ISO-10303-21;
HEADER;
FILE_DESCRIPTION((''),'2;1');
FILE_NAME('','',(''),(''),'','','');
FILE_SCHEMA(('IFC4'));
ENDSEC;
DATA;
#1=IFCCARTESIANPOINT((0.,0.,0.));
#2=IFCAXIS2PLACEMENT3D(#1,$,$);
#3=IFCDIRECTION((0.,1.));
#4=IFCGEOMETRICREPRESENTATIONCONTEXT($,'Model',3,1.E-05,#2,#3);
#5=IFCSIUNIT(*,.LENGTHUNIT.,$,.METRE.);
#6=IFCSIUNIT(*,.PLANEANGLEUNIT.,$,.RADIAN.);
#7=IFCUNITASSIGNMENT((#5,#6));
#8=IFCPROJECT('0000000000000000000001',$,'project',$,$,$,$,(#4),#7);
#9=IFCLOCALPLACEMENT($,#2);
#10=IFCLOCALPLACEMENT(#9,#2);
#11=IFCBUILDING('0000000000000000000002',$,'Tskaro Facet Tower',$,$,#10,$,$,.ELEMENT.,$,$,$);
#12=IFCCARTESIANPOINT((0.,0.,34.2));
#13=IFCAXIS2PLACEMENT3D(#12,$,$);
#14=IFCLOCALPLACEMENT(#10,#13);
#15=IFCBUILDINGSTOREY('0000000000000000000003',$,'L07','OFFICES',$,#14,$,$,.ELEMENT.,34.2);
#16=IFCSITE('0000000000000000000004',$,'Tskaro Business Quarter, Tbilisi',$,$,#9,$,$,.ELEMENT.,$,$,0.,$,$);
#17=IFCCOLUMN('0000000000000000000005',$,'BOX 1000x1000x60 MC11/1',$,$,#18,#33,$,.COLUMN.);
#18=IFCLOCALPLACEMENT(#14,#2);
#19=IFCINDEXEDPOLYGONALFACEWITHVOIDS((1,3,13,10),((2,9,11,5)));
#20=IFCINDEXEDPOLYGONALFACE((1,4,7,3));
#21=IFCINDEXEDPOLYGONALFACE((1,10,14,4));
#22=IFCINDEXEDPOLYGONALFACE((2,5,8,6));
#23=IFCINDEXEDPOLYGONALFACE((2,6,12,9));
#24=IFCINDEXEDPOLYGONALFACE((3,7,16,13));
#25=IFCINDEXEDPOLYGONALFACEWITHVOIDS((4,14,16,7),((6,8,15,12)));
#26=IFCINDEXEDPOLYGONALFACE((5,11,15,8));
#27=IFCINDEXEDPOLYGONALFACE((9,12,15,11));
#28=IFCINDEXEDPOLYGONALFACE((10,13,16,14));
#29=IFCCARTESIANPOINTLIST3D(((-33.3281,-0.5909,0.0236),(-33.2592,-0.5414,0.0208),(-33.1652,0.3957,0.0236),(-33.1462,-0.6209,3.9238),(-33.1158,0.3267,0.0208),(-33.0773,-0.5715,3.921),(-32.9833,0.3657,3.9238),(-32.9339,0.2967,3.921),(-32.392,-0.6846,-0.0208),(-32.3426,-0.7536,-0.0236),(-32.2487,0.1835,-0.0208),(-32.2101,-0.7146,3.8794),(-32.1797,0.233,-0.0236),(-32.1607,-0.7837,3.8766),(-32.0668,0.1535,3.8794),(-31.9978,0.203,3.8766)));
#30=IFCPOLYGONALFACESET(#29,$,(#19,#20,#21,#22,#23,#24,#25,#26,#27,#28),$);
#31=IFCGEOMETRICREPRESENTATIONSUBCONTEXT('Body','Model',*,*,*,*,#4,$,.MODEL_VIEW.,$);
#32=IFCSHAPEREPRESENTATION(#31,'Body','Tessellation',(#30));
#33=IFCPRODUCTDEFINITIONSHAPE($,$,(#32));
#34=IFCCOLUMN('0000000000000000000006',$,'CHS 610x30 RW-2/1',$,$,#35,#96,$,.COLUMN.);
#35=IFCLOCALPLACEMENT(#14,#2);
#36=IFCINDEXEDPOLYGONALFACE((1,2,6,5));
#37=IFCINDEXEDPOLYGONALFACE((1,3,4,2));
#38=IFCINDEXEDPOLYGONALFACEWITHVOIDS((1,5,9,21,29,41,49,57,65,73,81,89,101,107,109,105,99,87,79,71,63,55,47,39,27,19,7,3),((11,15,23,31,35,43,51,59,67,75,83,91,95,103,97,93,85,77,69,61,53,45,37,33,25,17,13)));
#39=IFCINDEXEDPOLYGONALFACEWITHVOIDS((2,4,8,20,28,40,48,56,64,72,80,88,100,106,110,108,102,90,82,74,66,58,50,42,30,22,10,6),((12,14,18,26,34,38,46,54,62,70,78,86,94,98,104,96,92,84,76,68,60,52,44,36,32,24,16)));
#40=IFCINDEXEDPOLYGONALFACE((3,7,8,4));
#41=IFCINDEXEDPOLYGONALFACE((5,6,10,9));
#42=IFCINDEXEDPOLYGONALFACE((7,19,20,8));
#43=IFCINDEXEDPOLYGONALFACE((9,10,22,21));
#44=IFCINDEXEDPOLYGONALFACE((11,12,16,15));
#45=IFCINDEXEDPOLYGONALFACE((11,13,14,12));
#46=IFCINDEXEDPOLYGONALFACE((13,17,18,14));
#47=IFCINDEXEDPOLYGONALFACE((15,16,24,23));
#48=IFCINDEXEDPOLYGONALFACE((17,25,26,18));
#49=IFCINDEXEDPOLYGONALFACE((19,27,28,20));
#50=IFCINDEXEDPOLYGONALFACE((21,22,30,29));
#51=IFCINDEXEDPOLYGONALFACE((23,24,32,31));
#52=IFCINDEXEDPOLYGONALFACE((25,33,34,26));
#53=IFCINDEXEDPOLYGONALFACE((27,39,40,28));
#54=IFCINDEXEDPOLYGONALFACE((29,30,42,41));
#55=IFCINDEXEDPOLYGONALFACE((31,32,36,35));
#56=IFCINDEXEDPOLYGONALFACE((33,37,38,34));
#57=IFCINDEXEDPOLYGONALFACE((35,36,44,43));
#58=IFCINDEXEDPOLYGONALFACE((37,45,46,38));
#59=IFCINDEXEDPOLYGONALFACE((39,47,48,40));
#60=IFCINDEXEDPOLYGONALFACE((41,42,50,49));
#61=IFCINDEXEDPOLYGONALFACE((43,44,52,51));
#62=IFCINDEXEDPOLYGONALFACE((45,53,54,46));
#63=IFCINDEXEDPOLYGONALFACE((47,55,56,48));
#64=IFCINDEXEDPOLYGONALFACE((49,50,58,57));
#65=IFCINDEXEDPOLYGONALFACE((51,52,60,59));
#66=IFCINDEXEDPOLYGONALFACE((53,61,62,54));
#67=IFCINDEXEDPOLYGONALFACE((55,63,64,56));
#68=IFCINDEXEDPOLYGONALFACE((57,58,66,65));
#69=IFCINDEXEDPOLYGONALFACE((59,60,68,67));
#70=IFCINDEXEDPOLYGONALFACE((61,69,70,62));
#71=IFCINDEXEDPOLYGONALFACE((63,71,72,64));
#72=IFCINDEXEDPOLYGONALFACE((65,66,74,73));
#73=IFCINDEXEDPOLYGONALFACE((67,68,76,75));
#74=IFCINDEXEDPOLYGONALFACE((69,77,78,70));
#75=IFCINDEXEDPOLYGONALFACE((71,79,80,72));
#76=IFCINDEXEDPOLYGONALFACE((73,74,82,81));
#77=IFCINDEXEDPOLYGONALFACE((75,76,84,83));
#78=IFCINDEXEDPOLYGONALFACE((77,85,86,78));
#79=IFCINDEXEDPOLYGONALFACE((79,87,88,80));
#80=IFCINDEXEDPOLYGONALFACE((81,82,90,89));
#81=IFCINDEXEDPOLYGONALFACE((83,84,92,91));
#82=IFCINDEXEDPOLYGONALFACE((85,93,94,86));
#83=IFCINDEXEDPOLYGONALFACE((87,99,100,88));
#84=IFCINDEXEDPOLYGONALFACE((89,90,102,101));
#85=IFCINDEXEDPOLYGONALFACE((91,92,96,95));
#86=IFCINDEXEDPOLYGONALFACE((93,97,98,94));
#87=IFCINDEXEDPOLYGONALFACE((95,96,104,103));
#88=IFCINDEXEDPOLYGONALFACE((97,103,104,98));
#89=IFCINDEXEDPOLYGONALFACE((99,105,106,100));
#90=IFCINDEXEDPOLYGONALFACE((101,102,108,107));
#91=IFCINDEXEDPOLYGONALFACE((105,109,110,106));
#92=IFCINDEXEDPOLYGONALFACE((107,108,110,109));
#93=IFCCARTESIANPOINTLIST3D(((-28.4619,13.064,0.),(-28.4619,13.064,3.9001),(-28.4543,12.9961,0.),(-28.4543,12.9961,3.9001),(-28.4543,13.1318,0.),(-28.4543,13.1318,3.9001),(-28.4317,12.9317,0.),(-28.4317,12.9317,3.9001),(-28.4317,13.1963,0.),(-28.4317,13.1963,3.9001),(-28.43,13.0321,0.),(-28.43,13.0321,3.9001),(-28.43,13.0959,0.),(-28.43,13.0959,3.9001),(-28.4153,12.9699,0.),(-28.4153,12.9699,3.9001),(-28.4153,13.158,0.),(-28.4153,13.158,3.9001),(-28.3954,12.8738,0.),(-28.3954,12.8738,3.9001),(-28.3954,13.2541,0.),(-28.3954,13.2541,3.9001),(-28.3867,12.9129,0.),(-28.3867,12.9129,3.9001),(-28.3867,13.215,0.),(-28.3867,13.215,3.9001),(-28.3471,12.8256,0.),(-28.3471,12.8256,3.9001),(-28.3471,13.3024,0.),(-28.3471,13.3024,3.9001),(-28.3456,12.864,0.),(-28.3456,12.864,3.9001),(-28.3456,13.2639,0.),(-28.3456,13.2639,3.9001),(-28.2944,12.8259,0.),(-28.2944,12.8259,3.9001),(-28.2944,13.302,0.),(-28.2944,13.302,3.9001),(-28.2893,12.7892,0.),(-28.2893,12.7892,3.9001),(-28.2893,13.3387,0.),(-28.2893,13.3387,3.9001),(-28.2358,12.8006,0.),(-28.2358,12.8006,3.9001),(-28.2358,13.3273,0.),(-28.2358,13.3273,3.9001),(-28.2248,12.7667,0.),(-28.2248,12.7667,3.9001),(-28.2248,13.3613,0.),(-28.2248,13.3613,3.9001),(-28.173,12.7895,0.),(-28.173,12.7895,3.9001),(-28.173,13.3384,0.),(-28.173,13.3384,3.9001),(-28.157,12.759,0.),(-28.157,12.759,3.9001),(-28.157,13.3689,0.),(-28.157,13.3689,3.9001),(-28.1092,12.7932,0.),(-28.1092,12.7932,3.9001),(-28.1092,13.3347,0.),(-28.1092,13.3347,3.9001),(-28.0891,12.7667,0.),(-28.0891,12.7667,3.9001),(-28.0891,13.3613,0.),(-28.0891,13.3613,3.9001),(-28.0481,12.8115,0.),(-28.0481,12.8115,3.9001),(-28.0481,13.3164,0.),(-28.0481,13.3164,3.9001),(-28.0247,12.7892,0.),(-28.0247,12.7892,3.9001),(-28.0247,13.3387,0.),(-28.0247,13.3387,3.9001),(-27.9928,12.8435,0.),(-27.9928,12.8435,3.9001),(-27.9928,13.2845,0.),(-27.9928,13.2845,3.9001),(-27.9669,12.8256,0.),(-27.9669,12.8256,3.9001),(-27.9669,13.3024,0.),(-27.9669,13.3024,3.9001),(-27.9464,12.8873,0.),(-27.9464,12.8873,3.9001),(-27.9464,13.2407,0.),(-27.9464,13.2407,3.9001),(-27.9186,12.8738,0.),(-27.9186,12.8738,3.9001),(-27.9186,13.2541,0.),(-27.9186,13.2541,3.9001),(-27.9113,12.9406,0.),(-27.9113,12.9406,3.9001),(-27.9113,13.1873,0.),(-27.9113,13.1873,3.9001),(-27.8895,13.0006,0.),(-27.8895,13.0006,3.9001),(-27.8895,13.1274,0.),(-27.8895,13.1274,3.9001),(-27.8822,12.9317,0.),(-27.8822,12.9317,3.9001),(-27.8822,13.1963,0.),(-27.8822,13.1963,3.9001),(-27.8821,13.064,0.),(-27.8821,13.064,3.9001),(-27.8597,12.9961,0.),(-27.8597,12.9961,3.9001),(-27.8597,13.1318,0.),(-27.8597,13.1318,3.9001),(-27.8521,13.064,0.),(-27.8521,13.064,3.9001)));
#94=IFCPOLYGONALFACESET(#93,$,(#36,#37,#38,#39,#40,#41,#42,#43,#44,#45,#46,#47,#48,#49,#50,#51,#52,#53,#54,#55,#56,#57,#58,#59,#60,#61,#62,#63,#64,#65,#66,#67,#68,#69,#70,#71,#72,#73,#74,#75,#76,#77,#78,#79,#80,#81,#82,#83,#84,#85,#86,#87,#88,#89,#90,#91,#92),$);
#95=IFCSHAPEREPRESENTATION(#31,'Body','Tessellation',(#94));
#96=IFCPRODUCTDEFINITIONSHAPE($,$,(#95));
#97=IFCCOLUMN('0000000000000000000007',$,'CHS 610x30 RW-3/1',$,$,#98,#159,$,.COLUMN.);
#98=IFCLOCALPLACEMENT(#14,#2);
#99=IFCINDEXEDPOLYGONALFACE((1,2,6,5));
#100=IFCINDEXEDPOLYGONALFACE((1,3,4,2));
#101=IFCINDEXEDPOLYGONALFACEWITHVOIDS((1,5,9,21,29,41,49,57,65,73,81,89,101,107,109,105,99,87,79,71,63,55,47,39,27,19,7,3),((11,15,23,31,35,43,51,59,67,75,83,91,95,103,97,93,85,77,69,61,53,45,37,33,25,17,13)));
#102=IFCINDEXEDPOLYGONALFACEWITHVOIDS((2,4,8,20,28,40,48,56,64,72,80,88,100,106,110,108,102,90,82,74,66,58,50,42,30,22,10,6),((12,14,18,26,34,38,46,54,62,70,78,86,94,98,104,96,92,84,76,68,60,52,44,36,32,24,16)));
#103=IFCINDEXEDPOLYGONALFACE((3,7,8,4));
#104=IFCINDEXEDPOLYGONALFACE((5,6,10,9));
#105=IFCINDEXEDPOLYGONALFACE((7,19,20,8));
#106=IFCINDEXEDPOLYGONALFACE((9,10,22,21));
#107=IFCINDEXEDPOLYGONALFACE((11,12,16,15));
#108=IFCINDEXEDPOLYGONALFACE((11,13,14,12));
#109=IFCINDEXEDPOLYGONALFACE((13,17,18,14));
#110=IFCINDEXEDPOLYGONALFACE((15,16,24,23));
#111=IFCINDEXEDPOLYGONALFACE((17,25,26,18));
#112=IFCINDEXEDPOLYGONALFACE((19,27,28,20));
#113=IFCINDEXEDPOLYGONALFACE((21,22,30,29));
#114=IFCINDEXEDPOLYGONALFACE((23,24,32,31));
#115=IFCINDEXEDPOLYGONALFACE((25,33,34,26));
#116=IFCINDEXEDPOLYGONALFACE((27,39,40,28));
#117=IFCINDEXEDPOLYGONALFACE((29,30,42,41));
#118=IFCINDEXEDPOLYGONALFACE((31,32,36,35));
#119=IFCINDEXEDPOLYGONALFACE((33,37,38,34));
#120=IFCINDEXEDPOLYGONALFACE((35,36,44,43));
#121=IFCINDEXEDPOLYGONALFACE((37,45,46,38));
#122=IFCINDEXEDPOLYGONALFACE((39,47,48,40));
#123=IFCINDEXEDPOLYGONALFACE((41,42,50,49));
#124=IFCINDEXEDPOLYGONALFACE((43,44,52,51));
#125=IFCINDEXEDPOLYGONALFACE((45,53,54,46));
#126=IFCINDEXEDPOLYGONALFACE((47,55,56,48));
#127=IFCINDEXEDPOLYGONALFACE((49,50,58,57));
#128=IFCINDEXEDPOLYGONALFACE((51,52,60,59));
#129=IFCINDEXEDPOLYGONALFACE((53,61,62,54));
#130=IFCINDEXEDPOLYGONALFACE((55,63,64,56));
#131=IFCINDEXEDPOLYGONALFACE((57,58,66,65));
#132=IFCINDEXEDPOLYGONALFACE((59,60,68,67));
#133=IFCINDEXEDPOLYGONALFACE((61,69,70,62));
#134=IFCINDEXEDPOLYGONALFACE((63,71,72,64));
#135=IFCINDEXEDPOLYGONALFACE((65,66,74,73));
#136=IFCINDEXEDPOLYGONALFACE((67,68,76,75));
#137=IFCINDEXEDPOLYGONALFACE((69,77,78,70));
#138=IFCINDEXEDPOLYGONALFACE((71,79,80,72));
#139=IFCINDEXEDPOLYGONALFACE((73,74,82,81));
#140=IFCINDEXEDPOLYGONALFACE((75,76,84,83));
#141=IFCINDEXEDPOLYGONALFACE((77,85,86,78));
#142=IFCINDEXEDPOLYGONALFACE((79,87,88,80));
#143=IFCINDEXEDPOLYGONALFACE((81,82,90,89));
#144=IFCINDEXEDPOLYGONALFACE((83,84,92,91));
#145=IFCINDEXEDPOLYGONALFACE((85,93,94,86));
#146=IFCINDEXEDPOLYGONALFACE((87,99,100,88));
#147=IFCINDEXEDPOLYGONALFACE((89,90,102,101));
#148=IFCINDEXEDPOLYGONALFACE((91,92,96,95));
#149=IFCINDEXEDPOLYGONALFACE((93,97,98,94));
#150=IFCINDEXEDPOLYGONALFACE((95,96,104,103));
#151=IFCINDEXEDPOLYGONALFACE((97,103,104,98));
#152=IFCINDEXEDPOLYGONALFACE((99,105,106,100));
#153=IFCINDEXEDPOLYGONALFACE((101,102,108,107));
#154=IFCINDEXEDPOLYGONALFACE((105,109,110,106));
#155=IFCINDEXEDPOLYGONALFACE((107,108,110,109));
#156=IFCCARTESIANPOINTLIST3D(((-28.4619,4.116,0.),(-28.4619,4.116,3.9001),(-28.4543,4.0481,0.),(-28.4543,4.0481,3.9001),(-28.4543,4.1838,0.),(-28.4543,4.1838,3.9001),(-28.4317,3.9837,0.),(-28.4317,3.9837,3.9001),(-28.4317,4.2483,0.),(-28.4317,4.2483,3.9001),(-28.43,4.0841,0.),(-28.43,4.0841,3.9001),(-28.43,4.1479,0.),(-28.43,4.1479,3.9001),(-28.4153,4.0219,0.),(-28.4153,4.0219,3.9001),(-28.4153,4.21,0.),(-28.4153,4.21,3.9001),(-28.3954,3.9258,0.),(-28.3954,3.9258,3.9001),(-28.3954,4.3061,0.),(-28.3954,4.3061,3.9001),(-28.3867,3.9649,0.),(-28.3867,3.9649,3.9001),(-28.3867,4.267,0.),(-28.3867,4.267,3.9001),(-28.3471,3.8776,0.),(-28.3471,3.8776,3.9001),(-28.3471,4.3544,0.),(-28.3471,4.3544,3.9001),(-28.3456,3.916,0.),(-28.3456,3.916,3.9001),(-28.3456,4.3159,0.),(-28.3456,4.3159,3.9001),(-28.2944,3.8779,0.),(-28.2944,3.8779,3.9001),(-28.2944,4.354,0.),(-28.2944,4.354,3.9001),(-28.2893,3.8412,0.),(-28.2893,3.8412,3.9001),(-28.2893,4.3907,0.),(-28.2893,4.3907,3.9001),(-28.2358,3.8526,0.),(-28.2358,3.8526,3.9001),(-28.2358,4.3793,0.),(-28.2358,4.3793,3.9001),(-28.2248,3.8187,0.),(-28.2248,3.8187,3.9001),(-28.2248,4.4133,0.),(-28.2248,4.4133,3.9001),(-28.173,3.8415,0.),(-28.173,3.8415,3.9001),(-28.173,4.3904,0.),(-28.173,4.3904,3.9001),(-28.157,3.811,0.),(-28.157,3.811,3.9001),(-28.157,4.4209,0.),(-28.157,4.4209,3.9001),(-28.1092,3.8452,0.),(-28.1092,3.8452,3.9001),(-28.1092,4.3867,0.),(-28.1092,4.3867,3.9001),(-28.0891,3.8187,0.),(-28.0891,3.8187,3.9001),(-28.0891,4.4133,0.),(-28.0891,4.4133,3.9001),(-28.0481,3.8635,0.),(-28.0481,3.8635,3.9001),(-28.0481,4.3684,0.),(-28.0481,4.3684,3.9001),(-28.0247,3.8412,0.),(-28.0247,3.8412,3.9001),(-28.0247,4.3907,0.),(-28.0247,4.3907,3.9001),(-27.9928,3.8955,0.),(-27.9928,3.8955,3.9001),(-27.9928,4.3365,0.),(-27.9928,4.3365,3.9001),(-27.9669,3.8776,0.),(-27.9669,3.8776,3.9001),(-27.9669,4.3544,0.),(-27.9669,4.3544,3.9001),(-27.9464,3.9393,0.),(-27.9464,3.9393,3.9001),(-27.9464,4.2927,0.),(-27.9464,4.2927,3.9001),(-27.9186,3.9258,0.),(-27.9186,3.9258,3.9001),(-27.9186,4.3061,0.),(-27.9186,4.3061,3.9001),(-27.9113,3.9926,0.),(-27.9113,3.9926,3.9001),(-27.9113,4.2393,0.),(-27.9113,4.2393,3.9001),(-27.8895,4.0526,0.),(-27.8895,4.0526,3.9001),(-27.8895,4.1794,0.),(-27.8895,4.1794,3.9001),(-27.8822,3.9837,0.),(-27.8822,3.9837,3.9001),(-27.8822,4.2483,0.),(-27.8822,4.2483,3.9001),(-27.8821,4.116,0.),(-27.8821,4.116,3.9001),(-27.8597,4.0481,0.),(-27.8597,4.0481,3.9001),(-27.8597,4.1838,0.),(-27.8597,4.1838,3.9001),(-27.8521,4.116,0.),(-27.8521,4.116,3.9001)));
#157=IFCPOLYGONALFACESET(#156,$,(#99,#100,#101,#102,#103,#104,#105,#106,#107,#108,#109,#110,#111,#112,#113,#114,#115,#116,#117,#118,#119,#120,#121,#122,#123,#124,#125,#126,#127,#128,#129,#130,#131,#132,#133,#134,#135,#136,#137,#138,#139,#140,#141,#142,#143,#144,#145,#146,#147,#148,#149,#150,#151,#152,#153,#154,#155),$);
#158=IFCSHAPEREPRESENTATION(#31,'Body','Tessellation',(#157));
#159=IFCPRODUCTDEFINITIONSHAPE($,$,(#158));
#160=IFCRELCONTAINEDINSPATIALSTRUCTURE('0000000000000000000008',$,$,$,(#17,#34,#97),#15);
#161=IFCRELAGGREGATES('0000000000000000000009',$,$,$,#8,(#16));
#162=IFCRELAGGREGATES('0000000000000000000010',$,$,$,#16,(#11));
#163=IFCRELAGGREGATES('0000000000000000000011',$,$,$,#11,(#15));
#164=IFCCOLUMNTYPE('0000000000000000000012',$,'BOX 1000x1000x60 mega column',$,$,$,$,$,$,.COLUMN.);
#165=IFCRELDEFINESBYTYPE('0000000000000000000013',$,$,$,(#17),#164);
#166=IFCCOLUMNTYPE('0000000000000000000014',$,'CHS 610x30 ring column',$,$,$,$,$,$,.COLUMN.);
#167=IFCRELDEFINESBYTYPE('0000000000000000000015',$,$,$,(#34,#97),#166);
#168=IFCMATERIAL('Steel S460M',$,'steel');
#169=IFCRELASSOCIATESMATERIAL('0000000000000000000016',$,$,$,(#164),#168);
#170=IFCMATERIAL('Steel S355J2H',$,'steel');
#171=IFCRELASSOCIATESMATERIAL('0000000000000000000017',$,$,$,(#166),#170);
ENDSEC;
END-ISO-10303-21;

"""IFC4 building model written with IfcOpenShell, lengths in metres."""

from ifc_helpers import new_model, si_unit, direction, frame, origin, origin_2d, place, context, subcontext, project, spatial, hollow_rectangle, hollow_circle, extrude, material, material_profile, profile_set, type_object, element, save


model = new_model("IFC4")

# Units and contexts
model_context = context("Model", 3, precision=1e-05, world=origin(), true_north=direction((0.0, 1.0)))
body_context = subcontext(model_context, "Body", "Model", "MODEL_VIEW")
ifc_project = project(units=[si_unit("LENGTHUNIT", "METRE"), si_unit("PLANEANGLEUNIT", "RADIAN")], contexts=[model_context])

# Site, building, storey
site_placement = place(None, origin())
site = spatial("IfcSite", under=ifc_project, at=site_placement, Name="Tskaro Business Quarter, Tbilisi", CompositionType="ELEMENT", RefElevation=0.0)
building_placement = place(site_placement, origin())
building = spatial("IfcBuilding", under=site, at=building_placement, Name="Tskaro Facet Tower", CompositionType="ELEMENT")
storey_placement = place(building_placement, frame((0.0, 0.0, 34.2)))
storey = spatial("IfcBuildingStorey", under=building, at=storey_placement, Name="L07", Description="OFFICES", CompositionType="ELEMENT", Elevation=34.2)

# Columns
ifc_material_1 = material(Name="Steel S460M", Category="steel")
ifc_material_profile_1 = material_profile(ifc_material_1, hollow_rectangle(XDim=1.0, YDim=1.0, WallThickness=0.0601, at=origin_2d()), Name="BOX 1000x1000x60")
ifc_profile_set_1 = profile_set([ifc_material_profile_1], Name="Steel S460M")
column_type_1 = type_object("IfcColumnType", Name="BOX 1000x1000x60 mega column", PredefinedType="COLUMN", material=ifc_profile_set_1)
column_1_placement = place(storey_placement, frame((-32.7539, -0.179, 0.0), z_axis=(0.046583, -0.007691, 0.998885), x_axis=(0.162895, 0.986643, 0.0)))
element("IfcColumn", 1, at=column_1_placement, inside=storey, type_object=column_type_1, Name="BOX 1000x1000x60 MC11/1", PredefinedType="COLUMN", context=body_context, shape_type="SweptSolid", body=[
    extrude(hollow_rectangle(XDim=1.0, YDim=1.0, WallThickness=0.0601, at=origin_2d()), origin(), (0.0, 0.0, 1.0), 3.9045),
])
ifc_material_2 = material(Name="Steel S355J2H", Category="steel")
ifc_material_profile_2 = material_profile(ifc_material_2, hollow_circle(Radius=0.3049, WallThickness=0.03, at=origin_2d()), Name="CHS 610x30")
ifc_profile_set_2 = profile_set([ifc_material_profile_2], Name="Steel S355J2H")
column_type_2 = type_object("IfcColumnType", Name="CHS 610x30 ring column", PredefinedType="COLUMN", material=ifc_profile_set_2)
for number, where, z_axis, x_axis, name in (
    (2, (-28.157, 13.064, 0.0), (0.0, 0.0, 1.0), (1.0, 0.0, 0.0), "CHS 610x30 RW-2/1"),
    (3, (-28.157, 4.116, 0.0), (0.0, 0.0, 1.0), (1.0, 0.0, 0.0), "CHS 610x30 RW-3/1"),
):
    element("IfcColumn", number, at=place(storey_placement, frame(where, z_axis=z_axis, x_axis=x_axis)), inside=storey, type_object=column_type_2, Name=name, PredefinedType="COLUMN", context=body_context, shape_type="SweptSolid", body=[
        extrude(hollow_circle(Radius=0.3049, WallThickness=0.03, at=origin_2d()), origin(), (0.0, 0.0, 1.0), 3.9001),
    ])

save(model, "model.ifc")
